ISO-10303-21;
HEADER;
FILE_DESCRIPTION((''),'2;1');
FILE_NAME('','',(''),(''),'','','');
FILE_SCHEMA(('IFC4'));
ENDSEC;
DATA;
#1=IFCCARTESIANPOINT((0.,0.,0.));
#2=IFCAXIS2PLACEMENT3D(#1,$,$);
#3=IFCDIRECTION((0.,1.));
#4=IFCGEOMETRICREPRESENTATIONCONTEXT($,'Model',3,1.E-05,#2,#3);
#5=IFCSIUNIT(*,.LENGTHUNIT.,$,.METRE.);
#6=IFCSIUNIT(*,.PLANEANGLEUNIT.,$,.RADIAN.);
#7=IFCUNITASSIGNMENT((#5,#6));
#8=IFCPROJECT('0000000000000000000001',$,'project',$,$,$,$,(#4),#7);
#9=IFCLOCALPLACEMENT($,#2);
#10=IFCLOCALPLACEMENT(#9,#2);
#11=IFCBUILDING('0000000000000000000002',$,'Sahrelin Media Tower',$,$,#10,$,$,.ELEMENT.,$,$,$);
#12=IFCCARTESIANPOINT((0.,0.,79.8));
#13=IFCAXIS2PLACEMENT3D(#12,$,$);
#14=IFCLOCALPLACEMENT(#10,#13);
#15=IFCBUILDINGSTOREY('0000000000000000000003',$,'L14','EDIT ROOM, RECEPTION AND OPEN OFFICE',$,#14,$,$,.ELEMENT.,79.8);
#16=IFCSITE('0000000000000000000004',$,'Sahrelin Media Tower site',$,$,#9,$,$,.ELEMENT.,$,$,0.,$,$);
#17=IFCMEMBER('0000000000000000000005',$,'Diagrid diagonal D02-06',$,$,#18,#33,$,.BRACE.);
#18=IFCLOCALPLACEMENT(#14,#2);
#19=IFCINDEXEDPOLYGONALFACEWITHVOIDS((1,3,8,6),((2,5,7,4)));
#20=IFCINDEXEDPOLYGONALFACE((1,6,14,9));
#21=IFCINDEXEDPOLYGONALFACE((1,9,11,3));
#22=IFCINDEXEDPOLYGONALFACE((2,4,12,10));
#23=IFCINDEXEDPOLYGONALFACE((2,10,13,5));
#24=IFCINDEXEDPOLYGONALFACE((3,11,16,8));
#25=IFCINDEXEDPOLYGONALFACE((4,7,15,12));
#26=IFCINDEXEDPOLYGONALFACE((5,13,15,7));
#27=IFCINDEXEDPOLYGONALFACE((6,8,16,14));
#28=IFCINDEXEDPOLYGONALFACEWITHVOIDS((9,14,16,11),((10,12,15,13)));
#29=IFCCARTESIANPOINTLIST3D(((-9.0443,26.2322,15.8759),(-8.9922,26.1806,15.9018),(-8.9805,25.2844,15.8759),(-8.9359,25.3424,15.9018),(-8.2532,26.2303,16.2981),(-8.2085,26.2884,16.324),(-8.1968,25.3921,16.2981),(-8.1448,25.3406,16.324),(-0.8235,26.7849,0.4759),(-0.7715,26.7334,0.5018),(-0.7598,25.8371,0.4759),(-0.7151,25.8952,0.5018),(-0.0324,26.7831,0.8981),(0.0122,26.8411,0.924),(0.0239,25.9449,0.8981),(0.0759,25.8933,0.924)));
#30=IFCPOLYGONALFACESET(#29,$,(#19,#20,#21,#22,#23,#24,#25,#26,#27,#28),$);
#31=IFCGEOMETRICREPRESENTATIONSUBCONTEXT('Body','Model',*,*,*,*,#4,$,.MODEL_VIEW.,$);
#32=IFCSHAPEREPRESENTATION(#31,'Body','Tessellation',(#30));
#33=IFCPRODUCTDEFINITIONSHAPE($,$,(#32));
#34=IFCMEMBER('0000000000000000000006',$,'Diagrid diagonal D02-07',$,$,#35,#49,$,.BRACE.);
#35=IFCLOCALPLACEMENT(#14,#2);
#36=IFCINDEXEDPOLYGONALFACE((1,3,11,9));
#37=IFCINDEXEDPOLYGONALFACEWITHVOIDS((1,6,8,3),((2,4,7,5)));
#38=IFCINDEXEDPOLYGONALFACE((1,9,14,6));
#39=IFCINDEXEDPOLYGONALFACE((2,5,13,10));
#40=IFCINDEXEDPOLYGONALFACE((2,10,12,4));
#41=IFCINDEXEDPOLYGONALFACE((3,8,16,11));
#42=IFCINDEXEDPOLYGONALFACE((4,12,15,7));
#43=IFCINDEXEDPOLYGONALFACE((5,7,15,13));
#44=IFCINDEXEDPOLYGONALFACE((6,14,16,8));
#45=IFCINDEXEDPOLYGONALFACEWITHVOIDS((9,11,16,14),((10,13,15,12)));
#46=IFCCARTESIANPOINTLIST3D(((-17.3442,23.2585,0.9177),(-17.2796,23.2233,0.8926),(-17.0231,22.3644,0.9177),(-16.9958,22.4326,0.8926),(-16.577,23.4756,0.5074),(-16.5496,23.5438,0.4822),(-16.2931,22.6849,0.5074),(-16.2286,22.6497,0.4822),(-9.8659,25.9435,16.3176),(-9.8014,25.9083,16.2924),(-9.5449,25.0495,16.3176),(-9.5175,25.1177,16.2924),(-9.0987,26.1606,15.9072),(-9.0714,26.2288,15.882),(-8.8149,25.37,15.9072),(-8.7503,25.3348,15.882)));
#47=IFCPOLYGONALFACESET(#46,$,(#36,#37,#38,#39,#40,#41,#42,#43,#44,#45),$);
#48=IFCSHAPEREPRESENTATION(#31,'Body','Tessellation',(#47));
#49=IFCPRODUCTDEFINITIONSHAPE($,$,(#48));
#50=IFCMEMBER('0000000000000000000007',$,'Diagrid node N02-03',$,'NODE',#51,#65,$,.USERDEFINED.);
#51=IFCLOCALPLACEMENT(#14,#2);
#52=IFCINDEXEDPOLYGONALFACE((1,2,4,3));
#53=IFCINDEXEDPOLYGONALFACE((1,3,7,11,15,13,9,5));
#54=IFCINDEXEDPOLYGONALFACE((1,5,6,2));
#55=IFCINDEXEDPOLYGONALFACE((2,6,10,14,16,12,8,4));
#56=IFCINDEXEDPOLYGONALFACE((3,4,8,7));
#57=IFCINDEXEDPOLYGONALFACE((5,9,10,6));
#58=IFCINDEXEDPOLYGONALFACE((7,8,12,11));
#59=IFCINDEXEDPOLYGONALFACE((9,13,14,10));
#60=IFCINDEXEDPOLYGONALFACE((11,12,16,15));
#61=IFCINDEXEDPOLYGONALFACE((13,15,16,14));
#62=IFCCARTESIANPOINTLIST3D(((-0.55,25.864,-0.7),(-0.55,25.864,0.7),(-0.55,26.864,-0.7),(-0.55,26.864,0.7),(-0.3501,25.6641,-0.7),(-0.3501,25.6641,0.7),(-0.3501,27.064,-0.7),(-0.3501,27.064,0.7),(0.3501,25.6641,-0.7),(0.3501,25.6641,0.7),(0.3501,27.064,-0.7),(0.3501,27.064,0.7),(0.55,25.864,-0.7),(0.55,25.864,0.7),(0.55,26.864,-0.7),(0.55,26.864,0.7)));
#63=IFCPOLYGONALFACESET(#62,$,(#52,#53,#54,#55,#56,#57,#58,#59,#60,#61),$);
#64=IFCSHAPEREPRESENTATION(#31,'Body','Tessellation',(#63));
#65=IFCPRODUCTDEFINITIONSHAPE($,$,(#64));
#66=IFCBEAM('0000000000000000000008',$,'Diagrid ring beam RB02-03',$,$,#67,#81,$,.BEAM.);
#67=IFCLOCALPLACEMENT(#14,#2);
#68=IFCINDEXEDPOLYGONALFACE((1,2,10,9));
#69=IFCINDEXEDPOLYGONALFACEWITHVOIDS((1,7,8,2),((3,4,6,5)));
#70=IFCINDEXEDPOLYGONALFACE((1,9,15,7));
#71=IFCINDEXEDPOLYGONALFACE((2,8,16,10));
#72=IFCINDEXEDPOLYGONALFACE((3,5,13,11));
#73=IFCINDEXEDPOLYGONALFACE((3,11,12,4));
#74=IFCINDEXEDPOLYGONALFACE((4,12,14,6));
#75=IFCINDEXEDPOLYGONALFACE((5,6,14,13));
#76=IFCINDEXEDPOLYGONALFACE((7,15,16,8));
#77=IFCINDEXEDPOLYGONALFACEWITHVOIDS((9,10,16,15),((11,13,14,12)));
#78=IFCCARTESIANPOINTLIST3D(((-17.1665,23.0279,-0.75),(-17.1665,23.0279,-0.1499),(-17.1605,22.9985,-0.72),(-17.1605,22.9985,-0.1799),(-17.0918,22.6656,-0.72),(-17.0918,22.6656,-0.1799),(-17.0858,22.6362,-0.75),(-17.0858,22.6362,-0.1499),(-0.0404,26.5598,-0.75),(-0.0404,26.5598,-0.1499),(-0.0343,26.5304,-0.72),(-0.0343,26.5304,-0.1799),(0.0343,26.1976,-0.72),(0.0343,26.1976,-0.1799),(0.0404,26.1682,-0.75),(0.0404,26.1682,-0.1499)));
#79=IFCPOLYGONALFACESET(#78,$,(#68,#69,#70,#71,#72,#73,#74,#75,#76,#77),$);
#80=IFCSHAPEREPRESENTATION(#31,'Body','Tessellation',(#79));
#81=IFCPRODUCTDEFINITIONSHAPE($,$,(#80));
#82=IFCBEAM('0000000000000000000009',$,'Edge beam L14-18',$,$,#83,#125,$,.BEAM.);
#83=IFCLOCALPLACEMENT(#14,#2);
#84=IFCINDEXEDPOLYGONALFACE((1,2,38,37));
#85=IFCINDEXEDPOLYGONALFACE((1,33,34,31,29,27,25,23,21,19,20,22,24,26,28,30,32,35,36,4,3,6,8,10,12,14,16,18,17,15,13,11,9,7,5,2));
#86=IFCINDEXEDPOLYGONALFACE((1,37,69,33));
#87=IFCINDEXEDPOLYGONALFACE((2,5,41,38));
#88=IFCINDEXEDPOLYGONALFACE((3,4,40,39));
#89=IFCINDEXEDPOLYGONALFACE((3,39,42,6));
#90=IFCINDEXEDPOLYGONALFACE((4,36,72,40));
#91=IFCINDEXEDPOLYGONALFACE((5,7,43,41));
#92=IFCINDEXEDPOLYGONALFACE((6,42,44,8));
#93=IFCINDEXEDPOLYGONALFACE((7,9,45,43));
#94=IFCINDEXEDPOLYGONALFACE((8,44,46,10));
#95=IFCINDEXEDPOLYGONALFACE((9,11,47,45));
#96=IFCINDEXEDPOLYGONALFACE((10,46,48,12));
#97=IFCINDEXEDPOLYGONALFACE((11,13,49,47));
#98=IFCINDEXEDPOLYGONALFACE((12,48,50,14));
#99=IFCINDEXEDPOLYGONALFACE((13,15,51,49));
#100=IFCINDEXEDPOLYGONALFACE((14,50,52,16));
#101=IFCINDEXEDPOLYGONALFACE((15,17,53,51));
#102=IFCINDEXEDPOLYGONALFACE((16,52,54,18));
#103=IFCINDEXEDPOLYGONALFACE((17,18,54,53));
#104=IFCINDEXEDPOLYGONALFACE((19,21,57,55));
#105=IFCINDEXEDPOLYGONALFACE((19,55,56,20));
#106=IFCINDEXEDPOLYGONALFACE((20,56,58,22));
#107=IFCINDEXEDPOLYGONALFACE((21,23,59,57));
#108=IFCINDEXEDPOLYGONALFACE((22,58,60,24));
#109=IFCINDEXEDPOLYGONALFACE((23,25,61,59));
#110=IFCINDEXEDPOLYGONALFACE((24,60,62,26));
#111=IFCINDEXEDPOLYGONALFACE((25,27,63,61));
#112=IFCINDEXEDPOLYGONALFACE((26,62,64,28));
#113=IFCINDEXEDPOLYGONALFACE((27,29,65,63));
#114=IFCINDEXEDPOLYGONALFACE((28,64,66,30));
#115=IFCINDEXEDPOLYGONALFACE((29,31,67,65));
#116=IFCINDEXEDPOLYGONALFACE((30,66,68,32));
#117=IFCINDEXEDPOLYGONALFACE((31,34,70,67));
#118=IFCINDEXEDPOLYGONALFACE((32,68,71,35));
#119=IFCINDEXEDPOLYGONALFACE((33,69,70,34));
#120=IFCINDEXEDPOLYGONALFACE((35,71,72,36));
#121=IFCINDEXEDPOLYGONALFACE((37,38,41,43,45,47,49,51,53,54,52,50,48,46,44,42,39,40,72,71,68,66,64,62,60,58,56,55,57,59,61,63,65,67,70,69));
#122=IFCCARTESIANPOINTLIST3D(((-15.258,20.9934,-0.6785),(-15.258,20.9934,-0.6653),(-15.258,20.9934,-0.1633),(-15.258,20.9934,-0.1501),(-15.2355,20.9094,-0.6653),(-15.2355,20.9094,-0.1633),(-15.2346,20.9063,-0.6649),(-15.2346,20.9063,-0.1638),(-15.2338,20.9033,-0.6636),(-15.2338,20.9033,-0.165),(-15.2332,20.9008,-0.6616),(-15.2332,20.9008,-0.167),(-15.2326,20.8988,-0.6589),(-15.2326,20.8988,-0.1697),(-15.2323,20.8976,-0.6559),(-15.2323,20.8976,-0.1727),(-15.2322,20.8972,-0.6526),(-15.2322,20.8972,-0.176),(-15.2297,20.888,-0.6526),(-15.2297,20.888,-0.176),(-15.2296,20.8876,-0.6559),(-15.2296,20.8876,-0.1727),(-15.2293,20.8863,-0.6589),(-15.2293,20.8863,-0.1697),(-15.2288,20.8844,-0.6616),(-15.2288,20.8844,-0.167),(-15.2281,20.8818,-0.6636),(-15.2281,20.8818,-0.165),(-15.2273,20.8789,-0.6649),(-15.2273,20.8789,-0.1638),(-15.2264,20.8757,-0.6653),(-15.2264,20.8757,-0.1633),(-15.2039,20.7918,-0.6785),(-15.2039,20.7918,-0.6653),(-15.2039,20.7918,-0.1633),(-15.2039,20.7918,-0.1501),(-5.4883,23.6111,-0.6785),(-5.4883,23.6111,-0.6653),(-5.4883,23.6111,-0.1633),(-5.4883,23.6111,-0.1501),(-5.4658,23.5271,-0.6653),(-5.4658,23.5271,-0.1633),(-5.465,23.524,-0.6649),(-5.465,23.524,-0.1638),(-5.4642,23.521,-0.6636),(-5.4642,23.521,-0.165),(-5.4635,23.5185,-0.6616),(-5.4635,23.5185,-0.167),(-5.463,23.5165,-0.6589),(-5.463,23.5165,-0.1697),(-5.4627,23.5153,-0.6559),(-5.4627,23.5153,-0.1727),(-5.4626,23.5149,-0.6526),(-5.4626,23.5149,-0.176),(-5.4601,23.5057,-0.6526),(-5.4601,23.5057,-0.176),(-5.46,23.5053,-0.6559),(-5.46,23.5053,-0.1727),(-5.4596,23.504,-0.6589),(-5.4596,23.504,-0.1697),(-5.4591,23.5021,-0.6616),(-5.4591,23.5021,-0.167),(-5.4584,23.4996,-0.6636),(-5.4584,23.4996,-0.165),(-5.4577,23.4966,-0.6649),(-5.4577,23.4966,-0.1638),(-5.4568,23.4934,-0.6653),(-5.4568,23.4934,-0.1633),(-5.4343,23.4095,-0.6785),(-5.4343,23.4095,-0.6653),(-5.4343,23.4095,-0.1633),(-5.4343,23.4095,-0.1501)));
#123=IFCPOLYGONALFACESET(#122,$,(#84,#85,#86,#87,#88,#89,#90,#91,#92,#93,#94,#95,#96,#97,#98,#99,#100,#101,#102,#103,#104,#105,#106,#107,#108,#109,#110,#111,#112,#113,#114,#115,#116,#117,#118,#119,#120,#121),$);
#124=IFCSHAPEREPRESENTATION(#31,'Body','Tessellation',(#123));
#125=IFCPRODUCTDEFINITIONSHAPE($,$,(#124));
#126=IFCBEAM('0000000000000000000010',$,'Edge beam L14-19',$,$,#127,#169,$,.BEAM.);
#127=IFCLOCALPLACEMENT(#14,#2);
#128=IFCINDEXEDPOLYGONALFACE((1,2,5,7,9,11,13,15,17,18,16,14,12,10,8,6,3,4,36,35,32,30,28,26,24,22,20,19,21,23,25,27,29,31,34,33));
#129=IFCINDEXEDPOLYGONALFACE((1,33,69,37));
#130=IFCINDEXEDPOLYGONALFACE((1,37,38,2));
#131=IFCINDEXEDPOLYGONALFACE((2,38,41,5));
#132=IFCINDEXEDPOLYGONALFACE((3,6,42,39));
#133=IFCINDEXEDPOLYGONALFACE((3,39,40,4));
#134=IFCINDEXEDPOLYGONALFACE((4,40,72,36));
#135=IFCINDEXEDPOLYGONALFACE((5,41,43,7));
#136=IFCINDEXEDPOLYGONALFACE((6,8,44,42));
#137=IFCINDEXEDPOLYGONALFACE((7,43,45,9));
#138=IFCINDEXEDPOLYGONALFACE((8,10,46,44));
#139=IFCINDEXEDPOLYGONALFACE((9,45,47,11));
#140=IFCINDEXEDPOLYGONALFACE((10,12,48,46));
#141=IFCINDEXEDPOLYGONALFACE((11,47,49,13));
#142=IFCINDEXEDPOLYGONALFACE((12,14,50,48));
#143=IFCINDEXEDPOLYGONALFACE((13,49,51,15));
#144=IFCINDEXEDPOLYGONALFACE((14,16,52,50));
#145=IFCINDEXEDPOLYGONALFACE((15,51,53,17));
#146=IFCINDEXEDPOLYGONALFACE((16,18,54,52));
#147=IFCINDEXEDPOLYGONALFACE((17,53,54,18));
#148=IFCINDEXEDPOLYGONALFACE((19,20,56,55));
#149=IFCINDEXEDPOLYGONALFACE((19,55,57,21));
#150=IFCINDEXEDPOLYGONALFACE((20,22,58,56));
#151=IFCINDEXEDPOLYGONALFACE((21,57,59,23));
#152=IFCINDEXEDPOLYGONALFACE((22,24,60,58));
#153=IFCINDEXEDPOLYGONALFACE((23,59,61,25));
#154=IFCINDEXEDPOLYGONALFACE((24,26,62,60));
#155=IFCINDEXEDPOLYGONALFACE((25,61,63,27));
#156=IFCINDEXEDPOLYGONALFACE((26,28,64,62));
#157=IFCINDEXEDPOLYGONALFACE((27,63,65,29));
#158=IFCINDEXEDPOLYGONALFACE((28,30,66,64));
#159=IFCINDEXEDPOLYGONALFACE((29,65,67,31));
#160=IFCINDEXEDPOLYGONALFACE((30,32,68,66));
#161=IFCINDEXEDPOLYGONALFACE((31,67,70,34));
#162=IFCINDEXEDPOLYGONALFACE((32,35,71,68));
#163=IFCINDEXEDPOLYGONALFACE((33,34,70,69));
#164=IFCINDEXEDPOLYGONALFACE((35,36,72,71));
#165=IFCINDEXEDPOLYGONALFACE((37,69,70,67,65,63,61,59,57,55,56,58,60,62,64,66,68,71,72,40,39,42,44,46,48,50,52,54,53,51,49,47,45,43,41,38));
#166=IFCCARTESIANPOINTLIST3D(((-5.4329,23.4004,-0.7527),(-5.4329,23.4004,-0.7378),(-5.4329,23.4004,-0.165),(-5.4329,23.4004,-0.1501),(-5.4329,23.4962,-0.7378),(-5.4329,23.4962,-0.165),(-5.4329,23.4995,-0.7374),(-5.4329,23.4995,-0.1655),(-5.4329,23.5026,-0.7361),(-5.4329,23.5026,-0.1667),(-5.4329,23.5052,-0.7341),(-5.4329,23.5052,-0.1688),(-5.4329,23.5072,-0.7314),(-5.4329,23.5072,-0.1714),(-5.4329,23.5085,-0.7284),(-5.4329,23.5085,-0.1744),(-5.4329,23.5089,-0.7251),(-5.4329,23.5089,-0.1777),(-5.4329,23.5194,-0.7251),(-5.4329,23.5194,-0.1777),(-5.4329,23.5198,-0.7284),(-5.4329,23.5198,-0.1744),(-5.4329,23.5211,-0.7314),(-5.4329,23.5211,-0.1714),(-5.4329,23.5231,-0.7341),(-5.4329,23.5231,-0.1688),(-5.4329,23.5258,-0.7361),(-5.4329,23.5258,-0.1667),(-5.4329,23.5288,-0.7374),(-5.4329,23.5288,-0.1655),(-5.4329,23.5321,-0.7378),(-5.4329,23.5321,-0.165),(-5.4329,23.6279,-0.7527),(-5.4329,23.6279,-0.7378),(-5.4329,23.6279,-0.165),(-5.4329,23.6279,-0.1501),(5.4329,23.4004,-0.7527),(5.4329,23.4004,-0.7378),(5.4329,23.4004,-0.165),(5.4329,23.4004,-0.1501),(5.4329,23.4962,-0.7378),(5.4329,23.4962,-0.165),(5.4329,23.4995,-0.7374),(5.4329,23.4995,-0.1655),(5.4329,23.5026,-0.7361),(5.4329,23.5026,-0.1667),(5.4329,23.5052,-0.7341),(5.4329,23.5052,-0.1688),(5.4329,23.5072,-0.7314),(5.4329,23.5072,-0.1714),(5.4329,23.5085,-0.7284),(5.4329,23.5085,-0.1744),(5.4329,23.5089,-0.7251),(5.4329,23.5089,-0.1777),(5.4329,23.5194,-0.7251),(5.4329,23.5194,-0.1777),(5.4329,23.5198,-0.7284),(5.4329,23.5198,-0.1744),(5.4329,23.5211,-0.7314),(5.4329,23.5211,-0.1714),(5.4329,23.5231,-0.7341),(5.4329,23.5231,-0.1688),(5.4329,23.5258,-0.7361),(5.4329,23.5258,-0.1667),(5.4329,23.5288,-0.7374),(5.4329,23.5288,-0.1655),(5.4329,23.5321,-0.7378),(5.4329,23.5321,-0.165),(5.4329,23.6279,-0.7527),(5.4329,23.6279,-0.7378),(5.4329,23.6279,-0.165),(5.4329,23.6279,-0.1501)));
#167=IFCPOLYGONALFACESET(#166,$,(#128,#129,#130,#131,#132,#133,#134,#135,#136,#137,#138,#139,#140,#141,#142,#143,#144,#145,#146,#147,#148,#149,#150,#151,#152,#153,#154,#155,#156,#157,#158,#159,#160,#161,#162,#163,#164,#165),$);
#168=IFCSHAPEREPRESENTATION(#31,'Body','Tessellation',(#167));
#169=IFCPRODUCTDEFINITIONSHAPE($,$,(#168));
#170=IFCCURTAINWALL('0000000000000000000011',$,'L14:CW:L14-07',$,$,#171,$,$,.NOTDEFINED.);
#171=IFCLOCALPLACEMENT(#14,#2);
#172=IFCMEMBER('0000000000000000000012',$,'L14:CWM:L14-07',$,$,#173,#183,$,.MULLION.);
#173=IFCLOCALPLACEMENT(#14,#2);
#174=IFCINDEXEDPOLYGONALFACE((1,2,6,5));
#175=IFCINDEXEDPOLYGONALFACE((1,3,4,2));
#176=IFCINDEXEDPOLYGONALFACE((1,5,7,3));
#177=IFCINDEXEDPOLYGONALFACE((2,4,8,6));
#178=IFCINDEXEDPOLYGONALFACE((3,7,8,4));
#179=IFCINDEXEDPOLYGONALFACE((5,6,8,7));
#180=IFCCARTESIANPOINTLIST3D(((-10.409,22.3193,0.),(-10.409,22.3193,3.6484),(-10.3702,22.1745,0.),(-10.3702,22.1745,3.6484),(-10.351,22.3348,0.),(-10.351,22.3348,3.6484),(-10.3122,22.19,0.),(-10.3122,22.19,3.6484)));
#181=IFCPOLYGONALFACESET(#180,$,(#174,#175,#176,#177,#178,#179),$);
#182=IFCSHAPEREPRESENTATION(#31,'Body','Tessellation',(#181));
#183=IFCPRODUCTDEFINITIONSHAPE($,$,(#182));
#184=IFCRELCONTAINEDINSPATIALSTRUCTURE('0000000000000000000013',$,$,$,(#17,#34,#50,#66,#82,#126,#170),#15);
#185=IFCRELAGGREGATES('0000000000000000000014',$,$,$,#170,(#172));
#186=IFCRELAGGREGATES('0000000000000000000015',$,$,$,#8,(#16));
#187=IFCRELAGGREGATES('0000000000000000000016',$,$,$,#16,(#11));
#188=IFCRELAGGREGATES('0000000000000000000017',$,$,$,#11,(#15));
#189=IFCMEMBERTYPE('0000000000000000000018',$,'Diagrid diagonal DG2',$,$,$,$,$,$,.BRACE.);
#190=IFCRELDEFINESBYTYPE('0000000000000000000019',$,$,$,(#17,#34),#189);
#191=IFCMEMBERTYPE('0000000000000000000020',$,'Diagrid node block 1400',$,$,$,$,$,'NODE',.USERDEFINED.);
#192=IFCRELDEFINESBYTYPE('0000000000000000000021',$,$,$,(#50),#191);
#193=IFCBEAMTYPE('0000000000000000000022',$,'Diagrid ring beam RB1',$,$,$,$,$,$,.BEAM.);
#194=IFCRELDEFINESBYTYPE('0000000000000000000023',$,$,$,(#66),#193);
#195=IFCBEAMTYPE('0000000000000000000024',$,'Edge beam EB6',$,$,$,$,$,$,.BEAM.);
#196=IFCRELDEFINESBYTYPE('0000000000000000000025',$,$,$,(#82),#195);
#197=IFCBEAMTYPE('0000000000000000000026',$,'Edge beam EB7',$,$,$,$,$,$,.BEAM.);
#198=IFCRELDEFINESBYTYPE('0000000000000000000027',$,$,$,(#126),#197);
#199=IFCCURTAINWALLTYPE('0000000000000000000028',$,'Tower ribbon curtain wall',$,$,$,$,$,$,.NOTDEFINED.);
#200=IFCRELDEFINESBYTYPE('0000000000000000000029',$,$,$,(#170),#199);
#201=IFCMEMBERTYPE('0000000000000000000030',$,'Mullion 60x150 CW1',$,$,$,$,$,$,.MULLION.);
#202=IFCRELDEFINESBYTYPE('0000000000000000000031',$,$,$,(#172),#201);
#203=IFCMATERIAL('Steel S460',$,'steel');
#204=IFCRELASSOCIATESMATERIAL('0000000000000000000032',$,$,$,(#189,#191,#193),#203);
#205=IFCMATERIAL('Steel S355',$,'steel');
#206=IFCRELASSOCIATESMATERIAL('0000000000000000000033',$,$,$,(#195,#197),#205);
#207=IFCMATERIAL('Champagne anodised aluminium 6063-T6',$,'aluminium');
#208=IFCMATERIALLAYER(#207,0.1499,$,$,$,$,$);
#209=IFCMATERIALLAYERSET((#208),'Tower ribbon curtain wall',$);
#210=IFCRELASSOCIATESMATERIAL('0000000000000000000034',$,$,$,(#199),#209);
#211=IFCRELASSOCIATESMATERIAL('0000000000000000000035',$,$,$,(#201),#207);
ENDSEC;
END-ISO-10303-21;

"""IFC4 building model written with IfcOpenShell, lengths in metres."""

from ifc_helpers import new_model, si_unit, direction, frame, origin, origin_2d, place, context, subcontext, project, spatial, polyline, rectangle, hollow_rectangle, i_section, outline, extrude, material, layer, layer_set, material_profile, profile_set, type_object, element, aggregate, save


model = new_model("IFC4")

# Units and contexts
model_context = context("Model", 3, precision=1e-05, world=origin(), true_north=direction((0.0, 1.0)))
body_context = subcontext(model_context, "Body", "Model", "MODEL_VIEW")
ifc_project = project(units=[si_unit("LENGTHUNIT", "METRE"), si_unit("PLANEANGLEUNIT", "RADIAN")], contexts=[model_context])

# Site, building, storey
site_placement = place(None, origin())
site = spatial("IfcSite", under=ifc_project, at=site_placement, Name="Sahrelin Media Tower site", CompositionType="ELEMENT", RefElevation=0.0)
building_placement = place(site_placement, origin())
building = spatial("IfcBuilding", under=site, at=building_placement, Name="Sahrelin Media Tower", CompositionType="ELEMENT")
storey_placement = place(building_placement, frame((0.0, 0.0, 79.8)))
storey = spatial("IfcBuildingStorey", under=building, at=storey_placement, Name="L14", Description="EDIT ROOM, RECEPTION AND OPEN OFFICE", CompositionType="ELEMENT", Elevation=79.8)

# Members
ifc_material_1 = material(Name="Steel S460", Category="steel")
ifc_material_profile_1 = material_profile(ifc_material_1, hollow_rectangle(XDim=0.95, YDim=0.95, WallThickness=0.0549, at=origin_2d()), Name="Diagrid diagonal DG2")
ifc_profile_set_1 = profile_set([ifc_material_profile_1], Name="Steel S460")
member_type_1 = type_object("IfcMemberType", Name="Diagrid diagonal DG2", PredefinedType="BRACE", material=ifc_profile_set_1)
member_1_placement = place(storey_placement, frame((-0.3738, 26.3391, 0.7), z_axis=(-0.470683, -0.031647, 0.881734), x_axis=(0.067085, -0.997747, 0.0)))
element("IfcMember", 1, at=member_1_placement, inside=storey, type_object=member_type_1, Name="Diagrid diagonal D02-06", PredefinedType="BRACE", context=body_context, shape_type="SweptSolid", body=[
    extrude(hollow_rectangle(XDim=0.95, YDim=0.95, WallThickness=0.0549, at=origin_2d()), origin(), (0.0, 0.0, 1.0), 17.4656),
])
member_2_placement = place(storey_placement, frame((-16.7864, 22.9541, 0.7), z_axis=(0.431549, 0.154947, 0.888683), x_axis=(-0.337926, 0.941173, 0.0)))
element("IfcMember", 2, at=member_2_placement, inside=storey, type_object=member_type_1, Name="Diagrid diagonal D02-07", PredefinedType="BRACE", context=body_context, shape_type="SweptSolid", body=[
    extrude(hollow_rectangle(XDim=0.95, YDim=0.95, WallThickness=0.0549, at=origin_2d()), origin(), (0.0, 0.0, 1.0), 17.3289),
])
ifc_material_profile_2 = material_profile(ifc_material_1, outline(polyline([(0.5, -0.55), (0.7, -0.3501), (0.7, 0.3501), (0.5, 0.55), (-0.5, 0.55), (-0.7, 0.3501), (-0.7, -0.3501), (-0.5, -0.55), (0.5, -0.55)])), Name="Diagrid node block 1400")
ifc_profile_set_2 = profile_set([ifc_material_profile_2], Name="Steel S460")
member_type_2 = type_object("IfcMemberType", Name="Diagrid node block 1400", ElementType="NODE", PredefinedType="USERDEFINED", material=ifc_profile_set_2)
member_3_placement = place(storey_placement, frame((0.0, 26.364, -0.7), z_axis=(0.0, 0.0, 1.0), x_axis=(0.0, 1.0, 0.0)))
element("IfcMember", 3, at=member_3_placement, inside=storey, type_object=member_type_2, Name="Diagrid node N02-03", ObjectType="NODE", PredefinedType="USERDEFINED", context=body_context, shape_type="SweptSolid", body=[
    extrude(outline(polyline([(0.5, -0.55), (0.7, -0.3501), (0.7, 0.3501), (0.5, 0.55), (-0.5, 0.55), (-0.7, 0.3501), (-0.7, -0.3501), (-0.5, -0.55), (0.5, -0.55)])), origin(), (0.0, 0.0, 1.0), 1.3999),
])

# Beams
ifc_material_profile_3 = material_profile(ifc_material_1, hollow_rectangle(XDim=0.3999, YDim=0.6001, WallThickness=0.03, at=origin_2d()), Name="Diagrid ring beam RB1")
ifc_profile_set_3 = profile_set([ifc_material_profile_3], Name="Steel S460")
beam_type_1 = type_object("IfcBeamType", Name="Diagrid ring beam RB1", PredefinedType="BEAM", material=ifc_profile_set_3)
beam_1_placement = place(storey_placement, frame((0.0, 26.364, -0.45), z_axis=(-0.979389, -0.201982, 0.0), x_axis=(0.201982, -0.979389, 0.0)))
element("IfcBeam", 4, at=beam_1_placement, inside=storey, type_object=beam_type_1, Name="Diagrid ring beam RB02-03", PredefinedType="BEAM", context=body_context, shape_type="SweptSolid", body=[
    extrude(hollow_rectangle(XDim=0.3999, YDim=0.6001, WallThickness=0.03, at=origin_2d()), origin(), (0.0, 0.0, 1.0), 17.4866),
])
ifc_material_2 = material(Name="Steel S355", Category="steel")
ifc_material_profile_4 = material_profile(ifc_material_2, i_section(OverallWidth=0.2087, OverallDepth=0.5283, WebThickness=0.0095, FlangeThickness=0.0132, FilletRadius=0.0127, at=origin_2d()), Name="UB 533x210x82")
ifc_profile_set_4 = profile_set([ifc_material_profile_4], Name="Steel S355")
beam_type_2 = type_object("IfcBeamType", Name="Edge beam EB6", PredefinedType="BEAM", material=ifc_profile_set_4)
beam_2_placement = place(storey_placement, frame((-15.231, 20.8926, -0.4143), z_axis=(0.965927, 0.258813, 0.0), x_axis=(-0.258813, 0.965927, 0.0)))
element("IfcBeam", 5, at=beam_2_placement, inside=storey, type_object=beam_type_2, Name="Edge beam L14-18", PredefinedType="BEAM", context=body_context, shape_type="SweptSolid", body=[
    extrude(i_section(OverallWidth=0.2087, OverallDepth=0.5283, WebThickness=0.0095, FlangeThickness=0.0132, FilletRadius=0.0127, at=origin_2d()), origin(), (0.0, 0.0, 1.0), 10.1143),
])
ifc_material_profile_5 = material_profile(ifc_material_2, i_section(OverallWidth=0.2275, OverallDepth=0.6025, WebThickness=0.0105, FlangeThickness=0.0149, FilletRadius=0.0127, at=origin_2d()), Name="UB 610x229x101")
ifc_profile_set_5 = profile_set([ifc_material_profile_5], Name="Steel S355")
beam_type_3 = type_object("IfcBeamType", Name="Edge beam EB7", PredefinedType="BEAM", material=ifc_profile_set_5)
beam_3_placement = place(storey_placement, frame((-5.4329, 23.5142, -0.4514), z_axis=(1.0, 0.0, 0.0), x_axis=(0.0, 1.0, 0.0)))
element("IfcBeam", 6, at=beam_3_placement, inside=storey, type_object=beam_type_3, Name="Edge beam L14-19", PredefinedType="BEAM", context=body_context, shape_type="SweptSolid", body=[
    extrude(i_section(OverallWidth=0.2275, OverallDepth=0.6025, WebThickness=0.0105, FlangeThickness=0.0149, FilletRadius=0.0127, at=origin_2d()), origin(), (0.0, 0.0, 1.0), 10.8657),
])

# Curtain wall, member
ifc_material_3 = material(Name="Champagne anodised aluminium 6063-T6", Category="aluminium")
ifc_layer_1 = layer(ifc_material_3, 0.1499)
ifc_layer_set_1 = layer_set([ifc_layer_1], Name="Tower ribbon curtain wall")
curtain_wall_type = type_object("IfcCurtainWallType", Name="Tower ribbon curtain wall", PredefinedType="NOTDEFINED", material=ifc_layer_set_1)
curtain_wall_1_placement = place(storey_placement, frame((-10.385, 22.3464, 0.0), z_axis=(0.0, 0.0, 1.0), x_axis=(1.0, 0.0, 0.0)))
curtain_wall_1 = element("IfcCurtainWall", 7, at=curtain_wall_1_placement, inside=storey, type_object=curtain_wall_type, Name="L14:CW:L14-07", PredefinedType="NOTDEFINED")
ifc_material_profile_6 = material_profile(ifc_material_3, rectangle(XDim=0.0601, YDim=0.1499, at=origin_2d()), Name="Mullion 60x150")
ifc_profile_set_6 = profile_set([ifc_material_profile_6], Name="Champagne anodised aluminium 6063-T6")
member_type_3 = type_object("IfcMemberType", Name="Mullion 60x150 CW1", PredefinedType="MULLION", material=ifc_profile_set_6)
member_4_placement = place(storey_placement, frame((-10.3606, 22.2546, 0.0), z_axis=(0.0, 0.0, 1.0), x_axis=(-0.965925, -0.258822, 0.0)))
member_4 = element("IfcMember", 8, at=member_4_placement, type_object=member_type_3, Name="L14:CWM:L14-07", PredefinedType="MULLION", context=body_context, shape_type="SweptSolid", body=[
    extrude(rectangle(XDim=0.0601, YDim=0.1499, at=origin_2d()), origin(), (0.0, 0.0, 1.0), 3.6484),
])

aggregate(curtain_wall_1, [member_4])

save(model, "model.ifc")
